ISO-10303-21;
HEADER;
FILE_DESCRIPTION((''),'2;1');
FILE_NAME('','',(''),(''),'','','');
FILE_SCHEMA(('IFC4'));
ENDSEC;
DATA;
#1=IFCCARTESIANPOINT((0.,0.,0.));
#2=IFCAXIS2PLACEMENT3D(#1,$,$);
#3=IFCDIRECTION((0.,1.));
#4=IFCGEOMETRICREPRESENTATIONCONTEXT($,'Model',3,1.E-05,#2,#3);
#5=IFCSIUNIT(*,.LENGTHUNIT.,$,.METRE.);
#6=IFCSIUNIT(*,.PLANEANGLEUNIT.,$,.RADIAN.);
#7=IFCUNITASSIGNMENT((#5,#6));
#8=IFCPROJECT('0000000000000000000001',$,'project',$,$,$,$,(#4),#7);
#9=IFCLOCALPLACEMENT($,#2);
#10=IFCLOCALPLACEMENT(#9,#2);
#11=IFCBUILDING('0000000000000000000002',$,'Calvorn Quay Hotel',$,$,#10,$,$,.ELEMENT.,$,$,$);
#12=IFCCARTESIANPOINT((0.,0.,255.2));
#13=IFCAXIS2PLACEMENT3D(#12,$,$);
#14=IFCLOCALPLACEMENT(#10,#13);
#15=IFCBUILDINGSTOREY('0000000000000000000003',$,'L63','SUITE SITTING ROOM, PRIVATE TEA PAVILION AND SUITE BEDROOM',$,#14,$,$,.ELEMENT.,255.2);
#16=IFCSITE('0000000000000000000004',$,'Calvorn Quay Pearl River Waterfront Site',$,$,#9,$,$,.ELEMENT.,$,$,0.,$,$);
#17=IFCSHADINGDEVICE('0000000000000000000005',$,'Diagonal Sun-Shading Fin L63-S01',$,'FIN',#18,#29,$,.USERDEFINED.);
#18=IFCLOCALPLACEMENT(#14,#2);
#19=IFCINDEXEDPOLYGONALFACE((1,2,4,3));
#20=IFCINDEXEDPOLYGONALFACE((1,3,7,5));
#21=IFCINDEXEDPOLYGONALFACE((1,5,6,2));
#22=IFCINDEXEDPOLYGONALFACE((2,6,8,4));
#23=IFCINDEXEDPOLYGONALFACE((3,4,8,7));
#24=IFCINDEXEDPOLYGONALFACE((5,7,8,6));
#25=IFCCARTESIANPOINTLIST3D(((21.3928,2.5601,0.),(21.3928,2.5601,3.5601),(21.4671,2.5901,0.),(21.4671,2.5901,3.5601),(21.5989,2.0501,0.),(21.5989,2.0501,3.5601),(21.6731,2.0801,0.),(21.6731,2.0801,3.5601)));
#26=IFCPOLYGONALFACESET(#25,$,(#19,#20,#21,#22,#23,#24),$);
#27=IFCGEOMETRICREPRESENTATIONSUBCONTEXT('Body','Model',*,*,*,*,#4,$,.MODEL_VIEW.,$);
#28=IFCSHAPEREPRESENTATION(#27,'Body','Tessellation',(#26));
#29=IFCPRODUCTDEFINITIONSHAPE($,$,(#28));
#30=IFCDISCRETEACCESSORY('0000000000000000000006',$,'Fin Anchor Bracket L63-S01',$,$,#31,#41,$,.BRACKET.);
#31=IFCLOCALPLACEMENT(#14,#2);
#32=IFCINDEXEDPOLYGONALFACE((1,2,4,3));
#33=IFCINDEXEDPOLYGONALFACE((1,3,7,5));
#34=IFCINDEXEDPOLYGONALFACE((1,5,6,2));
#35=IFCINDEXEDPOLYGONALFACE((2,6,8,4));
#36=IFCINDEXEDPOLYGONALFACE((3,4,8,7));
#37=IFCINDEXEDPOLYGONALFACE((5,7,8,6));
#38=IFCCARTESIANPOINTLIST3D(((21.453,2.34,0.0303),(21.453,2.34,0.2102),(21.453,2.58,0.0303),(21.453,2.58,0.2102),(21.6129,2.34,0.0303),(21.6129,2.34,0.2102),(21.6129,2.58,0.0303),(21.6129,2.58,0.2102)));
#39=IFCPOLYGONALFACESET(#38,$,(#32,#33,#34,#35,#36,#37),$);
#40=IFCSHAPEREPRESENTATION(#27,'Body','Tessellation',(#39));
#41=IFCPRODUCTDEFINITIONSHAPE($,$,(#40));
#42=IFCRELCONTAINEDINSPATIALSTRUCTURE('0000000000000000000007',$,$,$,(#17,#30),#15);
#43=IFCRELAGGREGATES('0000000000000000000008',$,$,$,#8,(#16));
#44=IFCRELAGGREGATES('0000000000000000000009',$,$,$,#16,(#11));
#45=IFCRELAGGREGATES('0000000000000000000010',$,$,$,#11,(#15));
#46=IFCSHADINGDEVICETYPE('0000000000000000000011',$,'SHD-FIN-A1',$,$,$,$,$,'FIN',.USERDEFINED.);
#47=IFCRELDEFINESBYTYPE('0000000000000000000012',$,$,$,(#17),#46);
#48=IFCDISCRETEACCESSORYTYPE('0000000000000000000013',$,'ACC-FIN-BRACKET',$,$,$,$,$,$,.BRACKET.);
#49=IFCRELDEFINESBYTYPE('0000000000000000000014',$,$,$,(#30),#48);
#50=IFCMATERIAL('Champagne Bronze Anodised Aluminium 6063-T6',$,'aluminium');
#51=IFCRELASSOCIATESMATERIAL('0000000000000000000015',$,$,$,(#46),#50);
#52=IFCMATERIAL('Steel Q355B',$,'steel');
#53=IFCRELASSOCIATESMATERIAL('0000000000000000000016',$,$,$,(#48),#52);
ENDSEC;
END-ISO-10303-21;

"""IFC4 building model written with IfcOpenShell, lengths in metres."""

from ifc_helpers import new_model, si_unit, direction, frame, origin, origin_2d, place, context, subcontext, project, spatial, rectangle, extrude, material, type_object, element, save


model = new_model("IFC4")

# Units and contexts
model_context = context("Model", 3, precision=1e-05, world=origin(), true_north=direction((0.0, 1.0)))
body_context = subcontext(model_context, "Body", "Model", "MODEL_VIEW")
ifc_project = project(units=[si_unit("LENGTHUNIT", "METRE"), si_unit("PLANEANGLEUNIT", "RADIAN")], contexts=[model_context])

# Site, building, storey
site_placement = place(None, origin())
site = spatial("IfcSite", under=ifc_project, at=site_placement, Name="Calvorn Quay Pearl River Waterfront Site", CompositionType="ELEMENT", RefElevation=0.0)
building_placement = place(site_placement, origin())
building = spatial("IfcBuilding", under=site, at=building_placement, Name="Calvorn Quay Hotel", CompositionType="ELEMENT")
storey_placement = place(building_placement, frame((0.0, 0.0, 255.2)))
storey = spatial("IfcBuildingStorey", under=building, at=storey_placement, Name="L63", Description="SUITE SITTING ROOM, PRIVATE TEA PAVILION AND SUITE BEDROOM", CompositionType="ELEMENT", Elevation=255.2)

# Shading device
ifc_material_1 = material(Name="Champagne Bronze Anodised Aluminium 6063-T6", Category="aluminium")
shading_device_type = type_object("IfcShadingDeviceType", Name="SHD-FIN-A1", ElementType="FIN", PredefinedType="USERDEFINED", material=ifc_material_1)
shading_device_placement = place(storey_placement, frame((21.533, 2.3201, 0.0), z_axis=(0.0, 0.0, 1.0), x_axis=(-0.374607, 0.927184, 0.0)))
element("IfcShadingDevice", 1, at=shading_device_placement, inside=storey, type_object=shading_device_type, Name="Diagonal Sun-Shading Fin L63-S01", ObjectType="FIN", PredefinedType="USERDEFINED", context=body_context, shape_type="SweptSolid", body=[
    extrude(rectangle(XDim=0.55, YDim=0.0801, at=origin_2d()), origin(), (0.0, 0.0, 1.0), 3.5601),
])

# Discrete accessory
ifc_material_2 = material(Name="Steel Q355B", Category="steel")
discrete_accessory_type = type_object("IfcDiscreteAccessoryType", Name="ACC-FIN-BRACKET", PredefinedType="BRACKET", material=ifc_material_2)
discrete_accessory_placement = place(storey_placement, frame((21.533, 2.46, 0.0303), z_axis=(0.0, 0.0, 1.0), x_axis=(0.0, 1.0, 0.0)))
element("IfcDiscreteAccessory", 2, at=discrete_accessory_placement, inside=storey, type_object=discrete_accessory_type, Name="Fin Anchor Bracket L63-S01", PredefinedType="BRACKET", context=body_context, shape_type="SweptSolid", body=[
    extrude(rectangle(XDim=0.24, YDim=0.1599, at=origin_2d()), origin(), (0.0, 0.0, 1.0), 0.1799),
])

save(model, "model.ifc")
